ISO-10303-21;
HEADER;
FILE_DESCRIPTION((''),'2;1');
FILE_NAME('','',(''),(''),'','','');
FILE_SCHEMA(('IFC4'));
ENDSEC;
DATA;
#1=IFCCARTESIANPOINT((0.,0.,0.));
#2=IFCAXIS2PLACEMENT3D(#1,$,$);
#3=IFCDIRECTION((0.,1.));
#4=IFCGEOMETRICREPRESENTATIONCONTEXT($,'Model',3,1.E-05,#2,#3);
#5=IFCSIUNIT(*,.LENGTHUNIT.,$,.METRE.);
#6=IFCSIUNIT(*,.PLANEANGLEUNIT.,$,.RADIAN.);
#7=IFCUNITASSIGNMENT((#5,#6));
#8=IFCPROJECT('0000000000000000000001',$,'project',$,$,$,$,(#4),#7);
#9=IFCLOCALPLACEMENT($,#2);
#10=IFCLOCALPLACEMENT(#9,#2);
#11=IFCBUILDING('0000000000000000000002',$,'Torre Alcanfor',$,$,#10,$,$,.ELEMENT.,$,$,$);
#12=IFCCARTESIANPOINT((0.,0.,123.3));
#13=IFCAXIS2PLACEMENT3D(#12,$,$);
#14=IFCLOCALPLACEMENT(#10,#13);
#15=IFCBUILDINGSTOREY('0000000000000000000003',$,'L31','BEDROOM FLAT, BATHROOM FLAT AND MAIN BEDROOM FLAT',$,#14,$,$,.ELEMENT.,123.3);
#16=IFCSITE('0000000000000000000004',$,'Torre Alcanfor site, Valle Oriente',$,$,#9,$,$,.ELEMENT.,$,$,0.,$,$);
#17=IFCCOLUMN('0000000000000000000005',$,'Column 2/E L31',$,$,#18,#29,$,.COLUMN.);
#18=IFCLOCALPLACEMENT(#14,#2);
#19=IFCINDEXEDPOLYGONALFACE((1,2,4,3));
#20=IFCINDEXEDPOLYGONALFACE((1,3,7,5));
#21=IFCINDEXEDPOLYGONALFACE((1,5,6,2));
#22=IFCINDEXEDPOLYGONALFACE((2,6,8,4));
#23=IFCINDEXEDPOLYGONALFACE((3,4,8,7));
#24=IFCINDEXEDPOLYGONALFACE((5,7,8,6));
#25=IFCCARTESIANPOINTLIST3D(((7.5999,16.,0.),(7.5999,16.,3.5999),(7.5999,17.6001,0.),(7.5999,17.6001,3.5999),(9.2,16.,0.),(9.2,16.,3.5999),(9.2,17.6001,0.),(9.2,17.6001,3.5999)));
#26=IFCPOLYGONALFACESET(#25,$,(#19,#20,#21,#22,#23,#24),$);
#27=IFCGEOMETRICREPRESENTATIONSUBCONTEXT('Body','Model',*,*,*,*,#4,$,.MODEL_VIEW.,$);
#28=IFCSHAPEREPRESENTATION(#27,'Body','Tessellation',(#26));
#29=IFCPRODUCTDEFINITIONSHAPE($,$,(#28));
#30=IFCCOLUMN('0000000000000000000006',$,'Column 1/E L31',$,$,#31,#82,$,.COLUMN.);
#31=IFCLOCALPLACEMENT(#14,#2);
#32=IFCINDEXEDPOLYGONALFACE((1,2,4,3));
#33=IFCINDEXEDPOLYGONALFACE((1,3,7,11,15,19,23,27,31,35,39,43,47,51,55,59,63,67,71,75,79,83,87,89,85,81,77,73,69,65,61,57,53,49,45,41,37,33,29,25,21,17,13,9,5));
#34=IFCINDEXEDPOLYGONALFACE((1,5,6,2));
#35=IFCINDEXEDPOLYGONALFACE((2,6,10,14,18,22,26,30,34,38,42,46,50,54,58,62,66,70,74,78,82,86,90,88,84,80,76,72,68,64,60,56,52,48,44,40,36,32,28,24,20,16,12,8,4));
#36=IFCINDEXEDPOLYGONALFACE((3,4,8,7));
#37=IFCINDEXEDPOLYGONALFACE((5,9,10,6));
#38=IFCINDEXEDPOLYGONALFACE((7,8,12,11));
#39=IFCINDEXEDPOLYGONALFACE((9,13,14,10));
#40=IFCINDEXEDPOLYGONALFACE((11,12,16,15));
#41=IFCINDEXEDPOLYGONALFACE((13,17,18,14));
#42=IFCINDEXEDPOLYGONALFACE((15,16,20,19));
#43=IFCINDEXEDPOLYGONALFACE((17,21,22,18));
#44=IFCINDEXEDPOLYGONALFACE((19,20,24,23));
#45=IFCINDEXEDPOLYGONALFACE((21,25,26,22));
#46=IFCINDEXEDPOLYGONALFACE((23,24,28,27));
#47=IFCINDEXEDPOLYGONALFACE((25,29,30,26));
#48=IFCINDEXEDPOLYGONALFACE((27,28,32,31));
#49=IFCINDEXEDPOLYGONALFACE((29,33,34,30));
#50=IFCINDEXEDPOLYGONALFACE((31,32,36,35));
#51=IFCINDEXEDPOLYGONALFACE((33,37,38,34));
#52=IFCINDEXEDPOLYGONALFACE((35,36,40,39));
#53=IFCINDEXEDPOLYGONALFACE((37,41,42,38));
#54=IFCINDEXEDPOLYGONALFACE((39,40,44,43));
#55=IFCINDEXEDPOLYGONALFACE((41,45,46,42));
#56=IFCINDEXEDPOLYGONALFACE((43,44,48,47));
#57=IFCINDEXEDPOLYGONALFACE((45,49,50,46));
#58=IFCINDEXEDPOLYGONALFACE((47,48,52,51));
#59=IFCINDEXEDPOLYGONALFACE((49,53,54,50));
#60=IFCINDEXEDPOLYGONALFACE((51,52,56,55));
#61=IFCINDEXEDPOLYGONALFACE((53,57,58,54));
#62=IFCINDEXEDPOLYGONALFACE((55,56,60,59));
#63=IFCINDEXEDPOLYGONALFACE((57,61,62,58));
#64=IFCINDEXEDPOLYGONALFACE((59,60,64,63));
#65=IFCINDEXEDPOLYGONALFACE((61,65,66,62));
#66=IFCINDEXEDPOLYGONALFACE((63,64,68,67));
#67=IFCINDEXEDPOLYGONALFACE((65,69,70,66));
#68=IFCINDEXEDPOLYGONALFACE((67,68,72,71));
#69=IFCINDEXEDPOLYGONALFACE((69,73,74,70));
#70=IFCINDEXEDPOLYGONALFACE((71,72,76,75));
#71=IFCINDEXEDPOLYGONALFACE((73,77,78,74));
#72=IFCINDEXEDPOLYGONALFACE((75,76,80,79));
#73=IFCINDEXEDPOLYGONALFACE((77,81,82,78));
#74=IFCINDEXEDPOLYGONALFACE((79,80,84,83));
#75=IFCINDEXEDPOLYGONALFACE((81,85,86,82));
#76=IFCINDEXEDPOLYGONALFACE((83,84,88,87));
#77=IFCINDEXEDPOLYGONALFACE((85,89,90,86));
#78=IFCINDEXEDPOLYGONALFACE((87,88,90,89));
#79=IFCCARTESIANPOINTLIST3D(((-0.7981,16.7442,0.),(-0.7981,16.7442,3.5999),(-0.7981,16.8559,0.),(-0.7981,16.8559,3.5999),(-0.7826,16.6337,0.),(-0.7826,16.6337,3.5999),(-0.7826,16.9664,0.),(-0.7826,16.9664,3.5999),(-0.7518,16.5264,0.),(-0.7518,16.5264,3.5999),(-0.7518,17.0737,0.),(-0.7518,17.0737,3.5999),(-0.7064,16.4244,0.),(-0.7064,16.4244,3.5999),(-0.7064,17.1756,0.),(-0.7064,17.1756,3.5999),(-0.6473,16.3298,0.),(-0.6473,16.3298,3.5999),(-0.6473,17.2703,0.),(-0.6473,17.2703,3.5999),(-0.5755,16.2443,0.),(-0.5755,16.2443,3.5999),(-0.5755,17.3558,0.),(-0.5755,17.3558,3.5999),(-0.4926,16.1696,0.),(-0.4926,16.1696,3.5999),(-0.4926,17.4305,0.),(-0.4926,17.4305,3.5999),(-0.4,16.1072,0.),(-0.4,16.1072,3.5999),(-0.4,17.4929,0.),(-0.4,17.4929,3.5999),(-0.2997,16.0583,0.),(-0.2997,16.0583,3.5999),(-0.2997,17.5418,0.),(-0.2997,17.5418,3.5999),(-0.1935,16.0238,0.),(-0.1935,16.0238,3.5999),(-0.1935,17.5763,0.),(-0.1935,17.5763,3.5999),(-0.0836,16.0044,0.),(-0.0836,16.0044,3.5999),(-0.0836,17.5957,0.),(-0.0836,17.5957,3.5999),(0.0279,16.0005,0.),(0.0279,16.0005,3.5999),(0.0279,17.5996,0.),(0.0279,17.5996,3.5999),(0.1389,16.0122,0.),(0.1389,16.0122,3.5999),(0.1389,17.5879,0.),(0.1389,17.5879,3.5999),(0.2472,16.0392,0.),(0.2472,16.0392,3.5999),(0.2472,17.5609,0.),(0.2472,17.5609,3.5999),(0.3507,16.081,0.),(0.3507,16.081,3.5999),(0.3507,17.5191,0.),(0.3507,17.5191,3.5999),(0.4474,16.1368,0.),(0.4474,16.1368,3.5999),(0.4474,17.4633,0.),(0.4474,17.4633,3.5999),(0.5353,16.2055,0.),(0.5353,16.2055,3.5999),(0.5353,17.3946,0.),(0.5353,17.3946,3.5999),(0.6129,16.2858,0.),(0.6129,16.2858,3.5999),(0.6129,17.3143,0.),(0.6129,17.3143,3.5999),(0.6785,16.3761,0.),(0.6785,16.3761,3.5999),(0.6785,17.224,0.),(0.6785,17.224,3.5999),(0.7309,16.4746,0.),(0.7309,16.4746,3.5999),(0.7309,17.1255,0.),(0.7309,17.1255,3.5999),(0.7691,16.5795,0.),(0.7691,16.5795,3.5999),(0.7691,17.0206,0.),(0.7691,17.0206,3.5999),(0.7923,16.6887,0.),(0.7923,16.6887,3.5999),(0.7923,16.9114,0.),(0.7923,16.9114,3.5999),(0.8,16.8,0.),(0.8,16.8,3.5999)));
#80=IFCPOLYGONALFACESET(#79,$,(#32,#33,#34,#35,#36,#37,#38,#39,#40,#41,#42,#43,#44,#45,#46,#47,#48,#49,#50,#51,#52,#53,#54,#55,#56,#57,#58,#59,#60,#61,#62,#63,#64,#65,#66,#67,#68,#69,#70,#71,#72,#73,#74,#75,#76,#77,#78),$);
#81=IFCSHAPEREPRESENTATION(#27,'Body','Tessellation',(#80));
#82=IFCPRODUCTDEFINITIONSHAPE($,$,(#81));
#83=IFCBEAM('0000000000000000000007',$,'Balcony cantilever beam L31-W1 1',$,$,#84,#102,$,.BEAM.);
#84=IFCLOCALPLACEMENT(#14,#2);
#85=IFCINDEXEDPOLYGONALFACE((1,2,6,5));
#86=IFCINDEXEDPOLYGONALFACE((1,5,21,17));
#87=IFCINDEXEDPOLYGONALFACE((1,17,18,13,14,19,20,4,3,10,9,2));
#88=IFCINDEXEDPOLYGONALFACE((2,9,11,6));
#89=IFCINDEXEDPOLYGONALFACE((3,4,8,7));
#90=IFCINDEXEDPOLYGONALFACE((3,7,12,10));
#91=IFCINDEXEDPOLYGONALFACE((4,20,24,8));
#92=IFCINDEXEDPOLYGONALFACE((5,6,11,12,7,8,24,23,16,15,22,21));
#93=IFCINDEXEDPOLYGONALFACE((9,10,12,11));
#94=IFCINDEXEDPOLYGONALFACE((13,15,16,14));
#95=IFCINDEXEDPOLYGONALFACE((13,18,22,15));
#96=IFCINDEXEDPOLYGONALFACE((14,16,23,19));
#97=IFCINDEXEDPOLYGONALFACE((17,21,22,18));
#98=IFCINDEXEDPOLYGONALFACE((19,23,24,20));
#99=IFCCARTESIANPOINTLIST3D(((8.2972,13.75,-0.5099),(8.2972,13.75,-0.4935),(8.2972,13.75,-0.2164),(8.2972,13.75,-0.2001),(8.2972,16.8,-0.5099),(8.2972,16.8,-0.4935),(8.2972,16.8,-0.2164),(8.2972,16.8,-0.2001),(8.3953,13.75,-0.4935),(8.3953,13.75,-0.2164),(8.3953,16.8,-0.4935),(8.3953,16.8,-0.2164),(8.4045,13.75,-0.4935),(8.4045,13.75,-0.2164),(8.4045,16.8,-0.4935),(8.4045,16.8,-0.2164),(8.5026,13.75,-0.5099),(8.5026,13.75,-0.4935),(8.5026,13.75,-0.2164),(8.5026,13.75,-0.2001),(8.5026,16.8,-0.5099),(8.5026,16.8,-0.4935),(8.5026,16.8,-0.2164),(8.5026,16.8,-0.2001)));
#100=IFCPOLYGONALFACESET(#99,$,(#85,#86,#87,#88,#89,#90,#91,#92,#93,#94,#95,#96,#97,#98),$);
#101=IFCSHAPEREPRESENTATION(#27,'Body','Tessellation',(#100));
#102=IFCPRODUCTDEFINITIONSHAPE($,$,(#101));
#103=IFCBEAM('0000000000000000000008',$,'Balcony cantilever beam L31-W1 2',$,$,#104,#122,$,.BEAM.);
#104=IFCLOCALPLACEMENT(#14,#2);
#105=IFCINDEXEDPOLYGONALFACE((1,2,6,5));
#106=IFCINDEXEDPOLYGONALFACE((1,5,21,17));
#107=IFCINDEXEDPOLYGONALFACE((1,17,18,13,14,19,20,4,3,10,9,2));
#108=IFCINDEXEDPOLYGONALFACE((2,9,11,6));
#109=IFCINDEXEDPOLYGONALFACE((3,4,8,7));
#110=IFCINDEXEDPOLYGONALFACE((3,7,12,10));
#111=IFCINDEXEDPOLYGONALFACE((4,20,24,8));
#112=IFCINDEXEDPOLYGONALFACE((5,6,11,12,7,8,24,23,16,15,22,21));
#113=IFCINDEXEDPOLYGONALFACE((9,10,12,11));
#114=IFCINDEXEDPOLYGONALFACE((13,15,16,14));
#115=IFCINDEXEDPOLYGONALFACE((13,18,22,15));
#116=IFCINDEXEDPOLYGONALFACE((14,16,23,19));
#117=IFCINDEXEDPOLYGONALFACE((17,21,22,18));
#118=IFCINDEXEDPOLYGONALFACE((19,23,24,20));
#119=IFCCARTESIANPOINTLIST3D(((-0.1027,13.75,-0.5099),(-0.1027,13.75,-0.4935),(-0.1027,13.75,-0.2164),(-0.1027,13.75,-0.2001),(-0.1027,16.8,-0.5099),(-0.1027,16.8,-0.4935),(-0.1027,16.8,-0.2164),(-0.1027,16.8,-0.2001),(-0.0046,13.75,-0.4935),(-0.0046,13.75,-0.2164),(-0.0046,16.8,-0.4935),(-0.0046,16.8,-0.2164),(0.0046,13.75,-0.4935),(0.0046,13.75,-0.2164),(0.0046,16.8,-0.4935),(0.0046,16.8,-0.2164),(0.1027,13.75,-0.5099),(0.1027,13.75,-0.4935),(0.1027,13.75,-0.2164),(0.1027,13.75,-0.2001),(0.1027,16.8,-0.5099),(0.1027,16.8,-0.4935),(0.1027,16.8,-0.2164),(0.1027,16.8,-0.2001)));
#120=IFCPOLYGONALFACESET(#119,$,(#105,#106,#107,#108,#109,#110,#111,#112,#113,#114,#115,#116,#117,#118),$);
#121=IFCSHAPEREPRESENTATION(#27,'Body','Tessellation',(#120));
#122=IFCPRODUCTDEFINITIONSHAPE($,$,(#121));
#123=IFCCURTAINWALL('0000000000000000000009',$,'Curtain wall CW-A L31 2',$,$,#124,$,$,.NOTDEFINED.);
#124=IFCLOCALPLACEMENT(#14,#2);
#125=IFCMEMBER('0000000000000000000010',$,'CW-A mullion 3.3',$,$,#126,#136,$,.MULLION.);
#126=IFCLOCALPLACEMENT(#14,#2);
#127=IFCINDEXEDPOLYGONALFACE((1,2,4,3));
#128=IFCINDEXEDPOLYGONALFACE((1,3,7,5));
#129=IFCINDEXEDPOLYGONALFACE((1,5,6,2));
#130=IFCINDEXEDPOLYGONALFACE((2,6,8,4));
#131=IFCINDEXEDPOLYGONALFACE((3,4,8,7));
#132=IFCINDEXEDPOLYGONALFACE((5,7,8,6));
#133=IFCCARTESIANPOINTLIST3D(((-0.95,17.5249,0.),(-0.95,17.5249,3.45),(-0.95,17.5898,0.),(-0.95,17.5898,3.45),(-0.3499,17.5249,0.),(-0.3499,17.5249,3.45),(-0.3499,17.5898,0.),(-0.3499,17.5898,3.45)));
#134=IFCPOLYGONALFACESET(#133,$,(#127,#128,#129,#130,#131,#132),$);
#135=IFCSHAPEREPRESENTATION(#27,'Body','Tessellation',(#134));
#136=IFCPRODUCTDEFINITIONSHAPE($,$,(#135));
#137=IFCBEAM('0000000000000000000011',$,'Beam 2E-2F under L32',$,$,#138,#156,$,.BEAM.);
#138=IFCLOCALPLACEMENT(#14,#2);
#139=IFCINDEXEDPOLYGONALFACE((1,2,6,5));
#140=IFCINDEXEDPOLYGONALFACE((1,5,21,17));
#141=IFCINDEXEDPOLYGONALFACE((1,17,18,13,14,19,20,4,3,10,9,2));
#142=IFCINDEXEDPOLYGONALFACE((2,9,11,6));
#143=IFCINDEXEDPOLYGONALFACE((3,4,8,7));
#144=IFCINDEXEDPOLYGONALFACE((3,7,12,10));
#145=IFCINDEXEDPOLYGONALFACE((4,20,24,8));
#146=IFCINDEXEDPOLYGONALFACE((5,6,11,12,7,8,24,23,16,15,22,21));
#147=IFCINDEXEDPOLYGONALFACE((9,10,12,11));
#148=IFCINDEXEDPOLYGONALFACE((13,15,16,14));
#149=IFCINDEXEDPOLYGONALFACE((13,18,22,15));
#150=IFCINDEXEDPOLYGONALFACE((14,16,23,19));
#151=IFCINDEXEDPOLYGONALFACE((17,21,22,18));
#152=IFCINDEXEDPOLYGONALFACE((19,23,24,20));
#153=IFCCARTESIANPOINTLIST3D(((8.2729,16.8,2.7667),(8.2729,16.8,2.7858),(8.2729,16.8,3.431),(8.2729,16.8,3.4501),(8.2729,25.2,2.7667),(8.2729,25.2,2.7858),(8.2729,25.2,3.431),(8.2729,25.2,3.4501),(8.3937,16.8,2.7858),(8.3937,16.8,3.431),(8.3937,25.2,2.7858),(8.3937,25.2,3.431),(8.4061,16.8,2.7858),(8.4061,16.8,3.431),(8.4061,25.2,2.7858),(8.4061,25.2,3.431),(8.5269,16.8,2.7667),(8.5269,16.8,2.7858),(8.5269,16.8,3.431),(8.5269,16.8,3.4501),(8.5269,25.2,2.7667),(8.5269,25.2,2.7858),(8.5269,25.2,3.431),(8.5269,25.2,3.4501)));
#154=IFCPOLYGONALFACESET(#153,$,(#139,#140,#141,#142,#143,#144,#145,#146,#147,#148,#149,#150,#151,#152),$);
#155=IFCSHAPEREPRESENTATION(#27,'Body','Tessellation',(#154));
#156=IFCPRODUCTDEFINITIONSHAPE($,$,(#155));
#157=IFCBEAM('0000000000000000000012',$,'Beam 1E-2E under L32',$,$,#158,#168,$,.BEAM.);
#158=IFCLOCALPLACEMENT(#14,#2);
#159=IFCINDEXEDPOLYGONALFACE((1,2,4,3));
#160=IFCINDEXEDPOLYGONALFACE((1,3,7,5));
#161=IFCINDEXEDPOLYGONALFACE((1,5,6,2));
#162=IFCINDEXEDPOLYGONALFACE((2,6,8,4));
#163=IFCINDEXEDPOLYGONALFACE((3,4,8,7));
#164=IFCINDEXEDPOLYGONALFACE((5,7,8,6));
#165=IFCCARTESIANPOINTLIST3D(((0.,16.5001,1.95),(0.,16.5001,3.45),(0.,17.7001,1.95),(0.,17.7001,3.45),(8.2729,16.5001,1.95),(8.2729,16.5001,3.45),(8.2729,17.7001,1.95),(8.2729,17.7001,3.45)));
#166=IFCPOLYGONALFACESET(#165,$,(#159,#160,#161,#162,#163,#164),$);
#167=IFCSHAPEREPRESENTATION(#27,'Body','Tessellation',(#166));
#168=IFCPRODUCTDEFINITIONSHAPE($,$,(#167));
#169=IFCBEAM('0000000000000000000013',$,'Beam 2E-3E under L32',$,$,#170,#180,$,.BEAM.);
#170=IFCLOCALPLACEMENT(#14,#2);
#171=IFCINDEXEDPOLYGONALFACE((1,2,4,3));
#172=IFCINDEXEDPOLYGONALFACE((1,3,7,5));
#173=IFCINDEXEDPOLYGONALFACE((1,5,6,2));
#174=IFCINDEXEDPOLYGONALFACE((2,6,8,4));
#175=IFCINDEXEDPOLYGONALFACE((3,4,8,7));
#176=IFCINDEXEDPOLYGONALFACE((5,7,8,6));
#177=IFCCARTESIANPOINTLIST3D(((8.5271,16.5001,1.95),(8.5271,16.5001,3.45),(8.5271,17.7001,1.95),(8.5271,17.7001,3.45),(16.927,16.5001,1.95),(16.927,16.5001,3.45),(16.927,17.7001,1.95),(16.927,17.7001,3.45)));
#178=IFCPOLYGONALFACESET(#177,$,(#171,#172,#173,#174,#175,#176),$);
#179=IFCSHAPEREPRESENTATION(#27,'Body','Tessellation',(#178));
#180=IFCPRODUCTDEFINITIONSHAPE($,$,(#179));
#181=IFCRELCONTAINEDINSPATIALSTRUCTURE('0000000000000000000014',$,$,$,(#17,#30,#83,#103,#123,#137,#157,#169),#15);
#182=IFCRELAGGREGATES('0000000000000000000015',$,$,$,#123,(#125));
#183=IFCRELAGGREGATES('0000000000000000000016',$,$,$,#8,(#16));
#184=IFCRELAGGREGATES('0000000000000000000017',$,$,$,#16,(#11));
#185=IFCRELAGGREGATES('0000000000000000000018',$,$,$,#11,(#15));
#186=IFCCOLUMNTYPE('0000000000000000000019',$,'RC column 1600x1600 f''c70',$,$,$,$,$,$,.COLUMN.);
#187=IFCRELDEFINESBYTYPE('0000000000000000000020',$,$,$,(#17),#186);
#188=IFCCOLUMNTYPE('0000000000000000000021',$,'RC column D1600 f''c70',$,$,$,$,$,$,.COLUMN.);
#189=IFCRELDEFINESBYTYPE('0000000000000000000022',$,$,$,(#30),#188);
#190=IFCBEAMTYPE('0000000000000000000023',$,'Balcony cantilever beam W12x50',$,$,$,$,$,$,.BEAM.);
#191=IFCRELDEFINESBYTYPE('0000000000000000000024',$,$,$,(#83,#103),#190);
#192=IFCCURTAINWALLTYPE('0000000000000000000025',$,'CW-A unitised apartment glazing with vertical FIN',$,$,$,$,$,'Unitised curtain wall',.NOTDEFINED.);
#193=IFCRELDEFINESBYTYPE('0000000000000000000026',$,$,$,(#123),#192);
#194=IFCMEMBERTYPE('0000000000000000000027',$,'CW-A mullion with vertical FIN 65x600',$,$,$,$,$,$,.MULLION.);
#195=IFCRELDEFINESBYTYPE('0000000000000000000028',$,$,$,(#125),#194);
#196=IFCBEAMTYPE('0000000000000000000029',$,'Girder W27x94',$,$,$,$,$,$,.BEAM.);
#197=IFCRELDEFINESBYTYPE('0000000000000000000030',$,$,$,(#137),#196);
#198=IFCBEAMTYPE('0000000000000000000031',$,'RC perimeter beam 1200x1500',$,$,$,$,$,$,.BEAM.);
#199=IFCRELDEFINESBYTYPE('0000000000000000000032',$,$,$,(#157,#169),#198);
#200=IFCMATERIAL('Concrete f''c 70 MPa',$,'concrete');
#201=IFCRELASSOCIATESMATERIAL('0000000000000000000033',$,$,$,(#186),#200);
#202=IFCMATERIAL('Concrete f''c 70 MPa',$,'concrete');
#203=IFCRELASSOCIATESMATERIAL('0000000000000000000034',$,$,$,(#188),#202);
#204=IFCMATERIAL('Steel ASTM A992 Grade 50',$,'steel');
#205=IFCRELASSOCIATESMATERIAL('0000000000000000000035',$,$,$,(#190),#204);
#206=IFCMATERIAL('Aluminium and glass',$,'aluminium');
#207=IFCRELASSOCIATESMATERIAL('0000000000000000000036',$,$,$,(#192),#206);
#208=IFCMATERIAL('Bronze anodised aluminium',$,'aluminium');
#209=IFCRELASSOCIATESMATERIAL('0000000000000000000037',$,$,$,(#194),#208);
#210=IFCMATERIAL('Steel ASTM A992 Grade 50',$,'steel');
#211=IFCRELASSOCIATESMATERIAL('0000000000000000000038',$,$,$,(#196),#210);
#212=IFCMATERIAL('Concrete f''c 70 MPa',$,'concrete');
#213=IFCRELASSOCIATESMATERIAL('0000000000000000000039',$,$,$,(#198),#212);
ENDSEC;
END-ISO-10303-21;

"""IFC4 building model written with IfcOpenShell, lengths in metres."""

from ifc_helpers import new_model, si_unit, direction, frame, origin, origin_2d, place, context, subcontext, project, spatial, rectangle, circle, i_section, extrude, material, material_profile, profile_set, type_object, element, aggregate, save


model = new_model("IFC4")

# Units and contexts
model_context = context("Model", 3, precision=1e-05, world=origin(), true_north=direction((0.0, 1.0)))
body_context = subcontext(model_context, "Body", "Model", "MODEL_VIEW")
ifc_project = project(units=[si_unit("LENGTHUNIT", "METRE"), si_unit("PLANEANGLEUNIT", "RADIAN")], contexts=[model_context])

# Site, building, storey
site_placement = place(None, origin())
site = spatial("IfcSite", under=ifc_project, at=site_placement, Name="Torre Alcanfor site, Valle Oriente", CompositionType="ELEMENT", RefElevation=0.0)
building_placement = place(site_placement, origin())
building = spatial("IfcBuilding", under=site, at=building_placement, Name="Torre Alcanfor", CompositionType="ELEMENT")
storey_placement = place(building_placement, frame((0.0, 0.0, 123.3)))
storey = spatial("IfcBuildingStorey", under=building, at=storey_placement, Name="L31", Description="BEDROOM FLAT, BATHROOM FLAT AND MAIN BEDROOM FLAT", CompositionType="ELEMENT", Elevation=123.3)

# Columns
ifc_material_1 = material(Name="Concrete f'c 70 MPa", Category="concrete")
ifc_material_profile_1 = material_profile(ifc_material_1, rectangle(XDim=1.6001, YDim=1.6001, at=origin_2d()), Name="1600x1600")
ifc_profile_set_1 = profile_set([ifc_material_profile_1], Name="Concrete f'c 70 MPa")
column_type_1 = type_object("IfcColumnType", Name="RC column 1600x1600 f'c70", PredefinedType="COLUMN", material=ifc_profile_set_1)
column_1_placement = place(storey_placement, frame((8.3999, 16.8, 0.0), z_axis=(0.0, 0.0, 1.0), x_axis=(1.0, 0.0, 0.0)))
element("IfcColumn", 1, at=column_1_placement, inside=storey, type_object=column_type_1, Name="Column 2/E L31", PredefinedType="COLUMN", context=body_context, shape_type="SweptSolid", body=[
    extrude(rectangle(XDim=1.6001, YDim=1.6001, at=origin_2d()), origin(), (0.0, 0.0, 1.0), 3.5999),
])
ifc_material_2 = material(Name="Concrete f'c 70 MPa", Category="concrete")
ifc_material_profile_2 = material_profile(ifc_material_2, circle(Radius=0.8, at=origin_2d()), Name="D1600")
ifc_profile_set_2 = profile_set([ifc_material_profile_2], Name="Concrete f'c 70 MPa")
column_type_2 = type_object("IfcColumnType", Name="RC column D1600 f'c70", PredefinedType="COLUMN", material=ifc_profile_set_2)
column_2_placement = place(storey_placement, frame((0.0, 16.8, 0.0), z_axis=(0.0, 0.0, 1.0), x_axis=(1.0, 0.0, 0.0)))
element("IfcColumn", 2, at=column_2_placement, inside=storey, type_object=column_type_2, Name="Column 1/E L31", PredefinedType="COLUMN", context=body_context, shape_type="SweptSolid", body=[
    extrude(circle(Radius=0.8, at=origin_2d()), origin(), (0.0, 0.0, 1.0), 3.5999),
])

# Beams
ifc_material_3 = material(Name="Steel ASTM A992 Grade 50", Category="steel")
ifc_material_profile_3 = material_profile(ifc_material_3, i_section(OverallWidth=0.2053, OverallDepth=0.3098, WebThickness=0.0093, FlangeThickness=0.0164, at=origin_2d()), Name="W12x50")
ifc_profile_set_3 = profile_set([ifc_material_profile_3], Name="Steel ASTM A992 Grade 50")
beam_type_1 = type_object("IfcBeamType", Name="Balcony cantilever beam W12x50", PredefinedType="BEAM", material=ifc_profile_set_3)
for number, where, z_axis, x_axis, name in (
    (3, (8.3999, 16.8, -0.355), (0.0, -1.0, 0.0), (1.0, 0.0, 0.0), "Balcony cantilever beam L31-W1 1"),
    (4, (0.0, 16.8, -0.355), (0.0, -1.0, 0.0), (1.0, 0.0, 0.0), "Balcony cantilever beam L31-W1 2"),
):
    element("IfcBeam", number, at=place(storey_placement, frame(where, z_axis=z_axis, x_axis=x_axis)), inside=storey, type_object=beam_type_1, Name=name, PredefinedType="BEAM", context=body_context, shape_type="SweptSolid", body=[
        extrude(i_section(OverallWidth=0.2053, OverallDepth=0.3098, WebThickness=0.0093, FlangeThickness=0.0164, at=origin_2d()), origin(), (0.0, 0.0, 1.0), 3.05),
    ])

# Curtain wall, member
ifc_material_4 = material(Name="Aluminium and glass", Category="aluminium")
curtain_wall_type = type_object("IfcCurtainWallType", Name="CW-A unitised apartment glazing with vertical FIN", ElementType="Unitised curtain wall", PredefinedType="NOTDEFINED", material=ifc_material_4)
curtain_wall_placement = place(storey_placement, origin())
curtain_wall = element("IfcCurtainWall", 5, at=curtain_wall_placement, inside=storey, type_object=curtain_wall_type, Name="Curtain wall CW-A L31 2", PredefinedType="NOTDEFINED")
ifc_material_5 = material(Name="Bronze anodised aluminium", Category="aluminium")
ifc_material_profile_4 = material_profile(ifc_material_5, rectangle(XDim=0.6001, YDim=0.0649, at=origin_2d()), Name="CW-A mullion 65x600")
ifc_profile_set_4 = profile_set([ifc_material_profile_4], Name="Bronze anodised aluminium")
member_type = type_object("IfcMemberType", Name="CW-A mullion with vertical FIN 65x600", PredefinedType="MULLION", material=ifc_profile_set_4)
member_placement = place(storey_placement, frame((-0.6499, 17.5574, 0.0), z_axis=(0.0, 0.0, 1.0), x_axis=(1.0, 0.0, 0.0)))
member = element("IfcMember", 6, at=member_placement, type_object=member_type, Name="CW-A mullion 3.3", PredefinedType="MULLION", context=body_context, shape_type="SweptSolid", body=[
    extrude(rectangle(XDim=0.6001, YDim=0.0649, at=origin_2d()), origin(), (0.0, 0.0, 1.0), 3.45),
])
aggregate(curtain_wall, [member])

# Beams
ifc_material_6 = material(Name="Steel ASTM A992 Grade 50", Category="steel")
ifc_material_profile_5 = material_profile(ifc_material_6, i_section(OverallWidth=0.2539, OverallDepth=0.6833, WebThickness=0.0125, FlangeThickness=0.019, at=origin_2d()), Name="W27x94")
ifc_profile_set_5 = profile_set([ifc_material_profile_5], Name="Steel ASTM A992 Grade 50")
beam_type_2 = type_object("IfcBeamType", Name="Girder W27x94", PredefinedType="BEAM", material=ifc_profile_set_5)
beam_1_placement = place(storey_placement, frame((8.3999, 16.8, 3.1084), z_axis=(0.0, 1.0, 0.0), x_axis=(-1.0, 0.0, 0.0)))
element("IfcBeam", 7, at=beam_1_placement, inside=storey, type_object=beam_type_2, Name="Beam 2E-2F under L32", PredefinedType="BEAM", context=body_context, shape_type="SweptSolid", body=[
    extrude(i_section(OverallWidth=0.2539, OverallDepth=0.6833, WebThickness=0.0125, FlangeThickness=0.019, at=origin_2d()), origin(), (0.0, 0.0, 1.0), 8.3999),
])
ifc_material_7 = material(Name="Concrete f'c 70 MPa", Category="concrete")
ifc_material_profile_6 = material_profile(ifc_material_7, rectangle(XDim=1.2, YDim=1.5, at=origin_2d()), Name="1200x1500")
ifc_profile_set_6 = profile_set([ifc_material_profile_6], Name="Concrete f'c 70 MPa")
beam_type_3 = type_object("IfcBeamType", Name="RC perimeter beam 1200x1500", PredefinedType="BEAM", material=ifc_profile_set_6)
beam_2_placement = place(storey_placement, frame((0.0, 17.1001, 2.7), z_axis=(1.0, 0.0, 0.0), x_axis=(0.0, 1.0, 0.0)))
element("IfcBeam", 8, at=beam_2_placement, inside=storey, type_object=beam_type_3, Name="Beam 1E-2E under L32", PredefinedType="BEAM", context=body_context, shape_type="SweptSolid", body=[
    extrude(rectangle(XDim=1.2, YDim=1.5, at=origin_2d()), origin(), (0.0, 0.0, 1.0), 8.2729),
])
beam_3_placement = place(storey_placement, frame((8.5271, 17.1001, 2.7), z_axis=(1.0, 0.0, 0.0), x_axis=(0.0, 1.0, 0.0)))
element("IfcBeam", 9, at=beam_3_placement, inside=storey, type_object=beam_type_3, Name="Beam 2E-3E under L32", PredefinedType="BEAM", context=body_context, shape_type="SweptSolid", body=[
    extrude(rectangle(XDim=1.2, YDim=1.5, at=origin_2d()), origin(), (0.0, 0.0, 1.0), 8.3999),
])

save(model, "model.ifc")
